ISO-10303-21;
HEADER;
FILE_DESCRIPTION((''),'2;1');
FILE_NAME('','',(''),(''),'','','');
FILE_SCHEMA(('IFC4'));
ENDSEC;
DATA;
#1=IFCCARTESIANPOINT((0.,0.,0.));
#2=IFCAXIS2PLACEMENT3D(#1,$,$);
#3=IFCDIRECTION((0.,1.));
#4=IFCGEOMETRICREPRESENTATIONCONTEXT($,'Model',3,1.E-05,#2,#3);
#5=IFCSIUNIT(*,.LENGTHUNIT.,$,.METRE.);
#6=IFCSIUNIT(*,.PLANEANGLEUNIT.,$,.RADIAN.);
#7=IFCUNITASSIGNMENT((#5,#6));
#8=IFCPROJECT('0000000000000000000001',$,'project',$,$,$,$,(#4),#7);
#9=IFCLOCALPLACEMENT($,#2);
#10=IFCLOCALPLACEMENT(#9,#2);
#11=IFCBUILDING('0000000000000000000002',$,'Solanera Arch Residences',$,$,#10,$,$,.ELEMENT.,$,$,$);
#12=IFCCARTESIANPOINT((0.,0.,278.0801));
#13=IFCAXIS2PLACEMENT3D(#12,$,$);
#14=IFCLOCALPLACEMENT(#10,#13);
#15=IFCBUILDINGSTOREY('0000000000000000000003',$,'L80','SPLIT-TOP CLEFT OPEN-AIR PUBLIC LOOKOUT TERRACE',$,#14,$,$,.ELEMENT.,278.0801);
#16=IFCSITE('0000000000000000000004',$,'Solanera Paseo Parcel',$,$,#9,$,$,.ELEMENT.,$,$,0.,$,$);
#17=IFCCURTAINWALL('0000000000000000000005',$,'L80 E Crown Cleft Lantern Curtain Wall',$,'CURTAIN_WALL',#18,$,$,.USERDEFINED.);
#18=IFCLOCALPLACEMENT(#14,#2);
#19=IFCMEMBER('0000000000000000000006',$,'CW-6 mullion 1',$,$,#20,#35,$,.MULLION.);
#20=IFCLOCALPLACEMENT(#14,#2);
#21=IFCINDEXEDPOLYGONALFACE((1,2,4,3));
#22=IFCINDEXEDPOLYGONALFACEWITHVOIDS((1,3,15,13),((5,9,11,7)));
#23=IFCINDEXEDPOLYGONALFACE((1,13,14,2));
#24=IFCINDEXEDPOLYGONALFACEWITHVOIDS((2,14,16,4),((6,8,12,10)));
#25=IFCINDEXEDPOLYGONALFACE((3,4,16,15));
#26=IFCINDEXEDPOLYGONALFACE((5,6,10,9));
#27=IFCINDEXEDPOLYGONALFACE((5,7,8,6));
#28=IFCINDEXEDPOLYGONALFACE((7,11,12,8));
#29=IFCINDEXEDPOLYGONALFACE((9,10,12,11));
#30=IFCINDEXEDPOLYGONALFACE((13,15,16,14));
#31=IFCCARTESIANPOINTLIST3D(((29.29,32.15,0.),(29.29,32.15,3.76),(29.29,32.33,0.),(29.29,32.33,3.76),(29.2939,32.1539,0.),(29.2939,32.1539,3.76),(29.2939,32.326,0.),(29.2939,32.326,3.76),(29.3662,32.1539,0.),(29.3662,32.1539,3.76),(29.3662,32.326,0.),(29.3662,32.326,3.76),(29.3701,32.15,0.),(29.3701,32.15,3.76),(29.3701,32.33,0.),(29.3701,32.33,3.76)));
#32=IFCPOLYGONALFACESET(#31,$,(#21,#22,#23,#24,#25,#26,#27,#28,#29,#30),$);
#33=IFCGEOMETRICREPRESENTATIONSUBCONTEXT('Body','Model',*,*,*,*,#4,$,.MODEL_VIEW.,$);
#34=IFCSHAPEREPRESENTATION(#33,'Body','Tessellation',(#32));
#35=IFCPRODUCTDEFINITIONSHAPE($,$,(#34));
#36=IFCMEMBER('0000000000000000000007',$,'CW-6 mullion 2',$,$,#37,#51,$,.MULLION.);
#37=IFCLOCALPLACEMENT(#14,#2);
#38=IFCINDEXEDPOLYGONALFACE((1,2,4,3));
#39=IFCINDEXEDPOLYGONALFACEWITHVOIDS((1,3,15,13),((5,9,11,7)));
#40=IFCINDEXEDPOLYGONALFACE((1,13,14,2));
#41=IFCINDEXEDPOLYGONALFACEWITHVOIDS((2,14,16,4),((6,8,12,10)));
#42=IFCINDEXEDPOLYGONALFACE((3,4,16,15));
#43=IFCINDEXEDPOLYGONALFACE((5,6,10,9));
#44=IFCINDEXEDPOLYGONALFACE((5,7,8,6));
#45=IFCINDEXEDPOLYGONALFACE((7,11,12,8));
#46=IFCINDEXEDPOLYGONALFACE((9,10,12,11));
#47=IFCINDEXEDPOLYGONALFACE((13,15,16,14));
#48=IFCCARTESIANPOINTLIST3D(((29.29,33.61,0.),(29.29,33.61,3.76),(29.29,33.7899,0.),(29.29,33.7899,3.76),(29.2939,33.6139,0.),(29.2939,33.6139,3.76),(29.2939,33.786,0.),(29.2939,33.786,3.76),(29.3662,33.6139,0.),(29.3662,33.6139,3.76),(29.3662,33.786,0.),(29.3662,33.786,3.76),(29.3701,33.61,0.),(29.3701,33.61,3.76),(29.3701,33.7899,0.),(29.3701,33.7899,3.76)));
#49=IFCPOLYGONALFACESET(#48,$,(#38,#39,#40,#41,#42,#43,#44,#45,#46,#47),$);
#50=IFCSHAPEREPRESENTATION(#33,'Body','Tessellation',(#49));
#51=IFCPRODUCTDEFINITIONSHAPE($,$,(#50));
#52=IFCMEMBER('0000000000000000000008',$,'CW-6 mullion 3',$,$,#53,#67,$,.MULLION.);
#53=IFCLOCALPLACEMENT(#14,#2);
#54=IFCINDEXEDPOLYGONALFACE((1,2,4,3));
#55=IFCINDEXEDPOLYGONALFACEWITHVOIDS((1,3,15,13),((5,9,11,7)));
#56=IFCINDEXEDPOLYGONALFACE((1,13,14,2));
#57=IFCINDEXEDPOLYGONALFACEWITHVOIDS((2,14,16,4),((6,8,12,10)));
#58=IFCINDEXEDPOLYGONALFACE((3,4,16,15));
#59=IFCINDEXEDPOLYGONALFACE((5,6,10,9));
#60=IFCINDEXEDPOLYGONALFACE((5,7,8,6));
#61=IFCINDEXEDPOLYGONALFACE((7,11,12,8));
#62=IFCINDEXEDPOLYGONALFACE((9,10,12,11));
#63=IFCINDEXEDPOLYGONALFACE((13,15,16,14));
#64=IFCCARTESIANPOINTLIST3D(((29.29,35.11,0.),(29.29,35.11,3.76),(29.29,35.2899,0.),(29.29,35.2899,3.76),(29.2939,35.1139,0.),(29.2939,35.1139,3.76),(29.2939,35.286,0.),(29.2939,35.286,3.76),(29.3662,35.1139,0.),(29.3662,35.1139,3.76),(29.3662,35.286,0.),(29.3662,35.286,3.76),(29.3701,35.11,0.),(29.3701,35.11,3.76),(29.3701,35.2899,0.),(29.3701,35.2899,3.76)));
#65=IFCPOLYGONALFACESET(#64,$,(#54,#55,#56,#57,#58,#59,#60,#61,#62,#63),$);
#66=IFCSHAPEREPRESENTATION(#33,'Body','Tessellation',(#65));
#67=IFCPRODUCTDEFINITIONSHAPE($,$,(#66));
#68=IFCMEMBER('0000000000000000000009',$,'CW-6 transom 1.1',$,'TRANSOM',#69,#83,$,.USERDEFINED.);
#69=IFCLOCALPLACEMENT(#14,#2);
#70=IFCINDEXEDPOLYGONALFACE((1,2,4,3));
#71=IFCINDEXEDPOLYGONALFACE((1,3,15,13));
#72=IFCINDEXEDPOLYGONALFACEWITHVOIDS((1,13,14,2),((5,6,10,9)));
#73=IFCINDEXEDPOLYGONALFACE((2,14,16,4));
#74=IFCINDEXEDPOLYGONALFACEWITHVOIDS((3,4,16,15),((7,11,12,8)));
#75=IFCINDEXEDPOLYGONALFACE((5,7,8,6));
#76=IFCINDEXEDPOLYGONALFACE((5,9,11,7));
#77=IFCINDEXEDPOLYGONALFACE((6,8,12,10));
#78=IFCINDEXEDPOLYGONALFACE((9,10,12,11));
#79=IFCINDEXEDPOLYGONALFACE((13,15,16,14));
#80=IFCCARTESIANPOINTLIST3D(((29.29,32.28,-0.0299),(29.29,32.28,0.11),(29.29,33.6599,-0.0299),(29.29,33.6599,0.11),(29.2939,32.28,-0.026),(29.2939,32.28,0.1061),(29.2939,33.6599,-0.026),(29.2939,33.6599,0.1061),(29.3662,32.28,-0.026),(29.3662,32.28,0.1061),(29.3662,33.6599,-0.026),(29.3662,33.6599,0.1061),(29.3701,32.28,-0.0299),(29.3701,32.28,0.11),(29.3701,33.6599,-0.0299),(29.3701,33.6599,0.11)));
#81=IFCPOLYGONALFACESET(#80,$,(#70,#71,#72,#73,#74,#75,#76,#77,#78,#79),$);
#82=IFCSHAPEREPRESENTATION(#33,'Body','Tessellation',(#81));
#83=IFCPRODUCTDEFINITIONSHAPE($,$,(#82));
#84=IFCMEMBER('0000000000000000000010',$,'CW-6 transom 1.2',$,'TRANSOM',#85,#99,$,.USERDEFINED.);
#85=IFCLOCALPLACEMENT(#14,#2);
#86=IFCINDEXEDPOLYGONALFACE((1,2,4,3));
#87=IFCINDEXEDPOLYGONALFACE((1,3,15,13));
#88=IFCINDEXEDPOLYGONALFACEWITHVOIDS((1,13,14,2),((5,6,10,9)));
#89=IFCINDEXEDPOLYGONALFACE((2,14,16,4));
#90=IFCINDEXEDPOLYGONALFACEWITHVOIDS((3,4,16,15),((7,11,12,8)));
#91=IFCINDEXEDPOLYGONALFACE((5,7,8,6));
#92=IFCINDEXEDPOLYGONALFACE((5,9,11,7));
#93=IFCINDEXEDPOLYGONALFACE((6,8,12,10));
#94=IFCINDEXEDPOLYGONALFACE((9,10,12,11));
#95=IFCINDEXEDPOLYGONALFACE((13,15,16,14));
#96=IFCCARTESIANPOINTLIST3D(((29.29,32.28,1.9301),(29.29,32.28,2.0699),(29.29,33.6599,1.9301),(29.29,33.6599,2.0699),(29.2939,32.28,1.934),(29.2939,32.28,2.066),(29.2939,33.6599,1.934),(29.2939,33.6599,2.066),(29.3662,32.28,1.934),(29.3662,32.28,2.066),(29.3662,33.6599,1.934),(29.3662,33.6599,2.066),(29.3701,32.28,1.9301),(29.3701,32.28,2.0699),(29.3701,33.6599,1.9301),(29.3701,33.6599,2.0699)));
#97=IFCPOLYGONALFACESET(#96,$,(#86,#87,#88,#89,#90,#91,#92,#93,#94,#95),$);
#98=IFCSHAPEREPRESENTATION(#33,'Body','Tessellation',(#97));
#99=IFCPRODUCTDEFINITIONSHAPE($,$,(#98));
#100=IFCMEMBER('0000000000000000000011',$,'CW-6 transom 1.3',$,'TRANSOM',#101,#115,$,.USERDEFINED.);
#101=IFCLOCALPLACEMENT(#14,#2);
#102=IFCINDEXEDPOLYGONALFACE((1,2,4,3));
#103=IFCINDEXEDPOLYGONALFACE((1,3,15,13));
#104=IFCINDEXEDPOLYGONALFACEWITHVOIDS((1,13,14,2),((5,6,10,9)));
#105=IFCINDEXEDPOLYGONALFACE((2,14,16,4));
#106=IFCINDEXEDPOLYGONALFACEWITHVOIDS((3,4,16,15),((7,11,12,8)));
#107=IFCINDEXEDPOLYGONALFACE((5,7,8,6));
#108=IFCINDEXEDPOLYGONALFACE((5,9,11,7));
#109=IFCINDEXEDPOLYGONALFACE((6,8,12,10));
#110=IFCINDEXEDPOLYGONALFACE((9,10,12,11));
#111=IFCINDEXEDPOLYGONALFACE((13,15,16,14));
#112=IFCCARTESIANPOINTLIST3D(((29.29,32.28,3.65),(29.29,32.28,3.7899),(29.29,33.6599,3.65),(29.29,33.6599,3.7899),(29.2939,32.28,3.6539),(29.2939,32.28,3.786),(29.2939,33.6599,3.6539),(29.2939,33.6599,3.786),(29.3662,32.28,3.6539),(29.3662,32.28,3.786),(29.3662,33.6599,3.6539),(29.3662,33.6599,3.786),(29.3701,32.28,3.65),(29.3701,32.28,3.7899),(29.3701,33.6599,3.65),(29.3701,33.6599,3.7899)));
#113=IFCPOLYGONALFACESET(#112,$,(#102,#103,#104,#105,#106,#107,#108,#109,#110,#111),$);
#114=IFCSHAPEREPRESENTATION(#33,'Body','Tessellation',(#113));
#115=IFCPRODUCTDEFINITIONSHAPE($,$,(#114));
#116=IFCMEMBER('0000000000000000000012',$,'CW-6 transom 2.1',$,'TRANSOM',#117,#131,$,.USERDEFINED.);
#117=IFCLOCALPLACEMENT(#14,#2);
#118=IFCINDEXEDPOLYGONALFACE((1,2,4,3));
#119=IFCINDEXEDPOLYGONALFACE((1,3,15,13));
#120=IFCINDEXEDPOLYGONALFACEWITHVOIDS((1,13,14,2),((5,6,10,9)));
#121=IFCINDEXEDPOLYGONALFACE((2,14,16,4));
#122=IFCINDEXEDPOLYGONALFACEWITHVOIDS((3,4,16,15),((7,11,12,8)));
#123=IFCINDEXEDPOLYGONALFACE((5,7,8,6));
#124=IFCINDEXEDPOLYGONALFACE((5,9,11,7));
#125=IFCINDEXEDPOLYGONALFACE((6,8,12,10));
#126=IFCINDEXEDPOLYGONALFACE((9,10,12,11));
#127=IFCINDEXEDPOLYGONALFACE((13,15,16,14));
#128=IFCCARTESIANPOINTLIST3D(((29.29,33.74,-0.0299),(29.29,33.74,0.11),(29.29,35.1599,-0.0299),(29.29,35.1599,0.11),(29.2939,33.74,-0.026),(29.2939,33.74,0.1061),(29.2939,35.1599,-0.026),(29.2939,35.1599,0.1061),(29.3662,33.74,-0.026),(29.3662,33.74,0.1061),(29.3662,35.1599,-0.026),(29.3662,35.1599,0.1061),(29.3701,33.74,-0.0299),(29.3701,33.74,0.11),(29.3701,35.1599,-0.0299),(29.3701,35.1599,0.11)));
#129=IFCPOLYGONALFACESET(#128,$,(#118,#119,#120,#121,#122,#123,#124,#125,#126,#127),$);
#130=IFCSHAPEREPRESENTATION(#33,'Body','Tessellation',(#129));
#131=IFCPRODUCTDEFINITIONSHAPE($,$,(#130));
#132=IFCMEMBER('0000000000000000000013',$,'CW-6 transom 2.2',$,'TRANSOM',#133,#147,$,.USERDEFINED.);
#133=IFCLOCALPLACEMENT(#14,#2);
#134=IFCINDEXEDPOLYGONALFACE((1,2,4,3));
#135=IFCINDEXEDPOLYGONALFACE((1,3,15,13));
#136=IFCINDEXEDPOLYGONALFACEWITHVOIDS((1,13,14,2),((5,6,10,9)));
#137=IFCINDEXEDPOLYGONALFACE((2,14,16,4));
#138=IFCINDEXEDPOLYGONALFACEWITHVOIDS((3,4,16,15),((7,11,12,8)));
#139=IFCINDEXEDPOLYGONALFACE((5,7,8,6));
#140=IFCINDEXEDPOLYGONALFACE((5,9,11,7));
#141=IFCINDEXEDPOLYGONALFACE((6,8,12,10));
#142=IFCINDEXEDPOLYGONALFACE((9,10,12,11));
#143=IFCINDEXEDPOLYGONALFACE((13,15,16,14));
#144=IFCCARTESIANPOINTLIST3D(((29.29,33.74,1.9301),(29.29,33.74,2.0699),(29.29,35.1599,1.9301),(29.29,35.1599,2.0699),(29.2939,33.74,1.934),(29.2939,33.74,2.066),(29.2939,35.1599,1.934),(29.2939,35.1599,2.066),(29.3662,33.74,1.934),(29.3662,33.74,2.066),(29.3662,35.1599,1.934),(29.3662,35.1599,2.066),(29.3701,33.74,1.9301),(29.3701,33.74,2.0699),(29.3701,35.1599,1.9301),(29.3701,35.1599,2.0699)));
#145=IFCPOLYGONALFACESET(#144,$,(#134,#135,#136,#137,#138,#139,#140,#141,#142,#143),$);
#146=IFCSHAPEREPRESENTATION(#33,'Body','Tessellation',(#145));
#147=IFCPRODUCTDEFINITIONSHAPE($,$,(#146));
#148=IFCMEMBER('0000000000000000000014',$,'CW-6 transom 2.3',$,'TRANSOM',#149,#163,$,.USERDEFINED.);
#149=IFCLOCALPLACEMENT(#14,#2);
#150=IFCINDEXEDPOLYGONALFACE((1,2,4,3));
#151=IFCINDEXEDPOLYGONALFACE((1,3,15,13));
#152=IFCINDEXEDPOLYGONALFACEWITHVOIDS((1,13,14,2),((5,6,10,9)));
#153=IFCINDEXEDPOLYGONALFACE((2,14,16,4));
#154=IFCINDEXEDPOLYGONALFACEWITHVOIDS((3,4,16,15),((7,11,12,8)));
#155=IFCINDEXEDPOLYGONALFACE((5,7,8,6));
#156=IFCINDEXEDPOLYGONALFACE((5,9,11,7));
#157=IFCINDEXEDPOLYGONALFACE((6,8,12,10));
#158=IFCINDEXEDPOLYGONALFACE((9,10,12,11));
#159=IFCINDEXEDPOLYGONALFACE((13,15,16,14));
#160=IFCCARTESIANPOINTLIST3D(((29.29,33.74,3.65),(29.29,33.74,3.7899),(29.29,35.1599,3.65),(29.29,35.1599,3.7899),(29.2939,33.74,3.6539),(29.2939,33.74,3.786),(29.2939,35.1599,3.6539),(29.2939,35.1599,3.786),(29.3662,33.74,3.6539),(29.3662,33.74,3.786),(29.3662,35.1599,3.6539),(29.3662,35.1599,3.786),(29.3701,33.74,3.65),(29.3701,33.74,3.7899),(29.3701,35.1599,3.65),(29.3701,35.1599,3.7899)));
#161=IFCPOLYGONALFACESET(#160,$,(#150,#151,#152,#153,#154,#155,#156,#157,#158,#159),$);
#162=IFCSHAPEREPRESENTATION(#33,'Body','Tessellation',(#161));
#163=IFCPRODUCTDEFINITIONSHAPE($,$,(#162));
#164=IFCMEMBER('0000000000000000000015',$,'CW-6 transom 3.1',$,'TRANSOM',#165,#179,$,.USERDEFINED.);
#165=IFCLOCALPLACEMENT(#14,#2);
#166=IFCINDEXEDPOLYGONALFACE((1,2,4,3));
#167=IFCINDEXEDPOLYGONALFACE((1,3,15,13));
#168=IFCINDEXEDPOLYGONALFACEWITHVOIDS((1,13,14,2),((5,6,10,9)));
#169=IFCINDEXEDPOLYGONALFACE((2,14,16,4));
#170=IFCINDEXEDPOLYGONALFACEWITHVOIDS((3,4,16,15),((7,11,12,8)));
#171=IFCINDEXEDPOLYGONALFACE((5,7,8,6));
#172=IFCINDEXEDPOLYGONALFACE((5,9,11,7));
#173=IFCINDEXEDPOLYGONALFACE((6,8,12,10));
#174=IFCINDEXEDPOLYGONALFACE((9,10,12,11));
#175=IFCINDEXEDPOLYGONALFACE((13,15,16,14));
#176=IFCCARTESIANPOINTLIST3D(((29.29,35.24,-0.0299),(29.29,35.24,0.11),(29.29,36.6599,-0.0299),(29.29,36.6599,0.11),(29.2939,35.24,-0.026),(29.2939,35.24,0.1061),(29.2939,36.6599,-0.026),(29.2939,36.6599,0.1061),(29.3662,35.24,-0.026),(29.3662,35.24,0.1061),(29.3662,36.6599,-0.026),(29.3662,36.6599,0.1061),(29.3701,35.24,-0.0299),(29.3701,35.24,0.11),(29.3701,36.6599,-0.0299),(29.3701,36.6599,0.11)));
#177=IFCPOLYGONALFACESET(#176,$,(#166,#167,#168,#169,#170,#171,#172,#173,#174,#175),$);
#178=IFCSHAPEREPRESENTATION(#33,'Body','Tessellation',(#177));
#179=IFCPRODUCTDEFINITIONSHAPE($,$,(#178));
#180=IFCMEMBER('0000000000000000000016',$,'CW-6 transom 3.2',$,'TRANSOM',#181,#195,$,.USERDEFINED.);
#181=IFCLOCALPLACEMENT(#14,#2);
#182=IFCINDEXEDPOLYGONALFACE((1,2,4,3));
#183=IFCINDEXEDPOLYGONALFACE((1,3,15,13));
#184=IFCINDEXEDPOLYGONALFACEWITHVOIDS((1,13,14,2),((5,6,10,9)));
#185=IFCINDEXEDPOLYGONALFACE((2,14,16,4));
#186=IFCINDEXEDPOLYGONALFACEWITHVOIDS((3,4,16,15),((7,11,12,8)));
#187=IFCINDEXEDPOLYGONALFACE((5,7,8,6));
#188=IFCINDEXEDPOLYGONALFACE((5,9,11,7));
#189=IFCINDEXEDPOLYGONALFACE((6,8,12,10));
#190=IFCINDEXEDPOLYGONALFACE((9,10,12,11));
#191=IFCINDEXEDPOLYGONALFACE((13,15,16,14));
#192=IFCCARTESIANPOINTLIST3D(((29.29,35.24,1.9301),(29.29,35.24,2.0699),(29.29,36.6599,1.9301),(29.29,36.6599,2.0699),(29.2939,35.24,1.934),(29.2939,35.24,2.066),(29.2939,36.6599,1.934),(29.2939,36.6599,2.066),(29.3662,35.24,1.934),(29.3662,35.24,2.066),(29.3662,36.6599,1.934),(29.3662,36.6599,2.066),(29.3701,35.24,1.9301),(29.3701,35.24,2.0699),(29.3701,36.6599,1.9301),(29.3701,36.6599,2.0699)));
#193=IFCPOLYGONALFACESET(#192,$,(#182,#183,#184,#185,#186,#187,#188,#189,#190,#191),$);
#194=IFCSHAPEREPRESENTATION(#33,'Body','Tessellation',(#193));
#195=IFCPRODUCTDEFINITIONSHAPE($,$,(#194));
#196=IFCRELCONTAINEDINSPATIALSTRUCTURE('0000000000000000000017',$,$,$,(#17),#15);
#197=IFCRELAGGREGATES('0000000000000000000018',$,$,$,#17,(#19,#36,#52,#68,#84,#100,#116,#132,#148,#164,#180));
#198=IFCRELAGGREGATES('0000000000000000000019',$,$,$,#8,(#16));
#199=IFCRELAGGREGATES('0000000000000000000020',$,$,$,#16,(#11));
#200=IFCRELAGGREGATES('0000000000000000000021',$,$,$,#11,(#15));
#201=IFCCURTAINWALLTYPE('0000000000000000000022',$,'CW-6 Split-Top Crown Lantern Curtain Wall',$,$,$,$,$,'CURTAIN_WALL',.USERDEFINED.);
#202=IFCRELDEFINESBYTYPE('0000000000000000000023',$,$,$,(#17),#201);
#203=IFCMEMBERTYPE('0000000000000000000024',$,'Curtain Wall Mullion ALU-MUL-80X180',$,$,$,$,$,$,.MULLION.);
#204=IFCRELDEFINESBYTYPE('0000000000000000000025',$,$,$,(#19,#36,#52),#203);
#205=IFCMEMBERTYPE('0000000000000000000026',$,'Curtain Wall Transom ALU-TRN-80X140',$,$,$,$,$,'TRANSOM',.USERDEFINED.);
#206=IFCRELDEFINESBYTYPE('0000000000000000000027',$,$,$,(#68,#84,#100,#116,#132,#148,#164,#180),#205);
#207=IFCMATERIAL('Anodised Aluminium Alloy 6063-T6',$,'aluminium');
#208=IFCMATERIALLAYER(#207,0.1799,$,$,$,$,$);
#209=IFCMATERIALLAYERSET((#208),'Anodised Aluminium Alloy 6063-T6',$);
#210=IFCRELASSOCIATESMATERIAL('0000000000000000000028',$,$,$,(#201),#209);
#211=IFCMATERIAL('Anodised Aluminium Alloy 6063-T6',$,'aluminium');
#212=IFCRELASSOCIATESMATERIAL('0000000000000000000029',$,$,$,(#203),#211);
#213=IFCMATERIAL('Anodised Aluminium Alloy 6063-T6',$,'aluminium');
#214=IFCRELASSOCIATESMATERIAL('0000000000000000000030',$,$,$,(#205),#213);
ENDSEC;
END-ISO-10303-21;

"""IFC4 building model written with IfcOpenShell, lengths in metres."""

from ifc_helpers import new_model, si_unit, direction, frame, origin, origin_2d, place, context, subcontext, project, spatial, hollow_rectangle, extrude, material, layer, layer_set, material_profile, profile_set, type_object, element, aggregate, save


model = new_model("IFC4")

# Units and contexts
model_context = context("Model", 3, precision=1e-05, world=origin(), true_north=direction((0.0, 1.0)))
body_context = subcontext(model_context, "Body", "Model", "MODEL_VIEW")
ifc_project = project(units=[si_unit("LENGTHUNIT", "METRE"), si_unit("PLANEANGLEUNIT", "RADIAN")], contexts=[model_context])

# Site, building, storey
site_placement = place(None, origin())
site = spatial("IfcSite", under=ifc_project, at=site_placement, Name="Solanera Paseo Parcel", CompositionType="ELEMENT", RefElevation=0.0)
building_placement = place(site_placement, origin())
building = spatial("IfcBuilding", under=site, at=building_placement, Name="Solanera Arch Residences", CompositionType="ELEMENT")
storey_placement = place(building_placement, frame((0.0, 0.0, 278.0801)))
storey = spatial("IfcBuildingStorey", under=building, at=storey_placement, Name="L80", Description="SPLIT-TOP CLEFT OPEN-AIR PUBLIC LOOKOUT TERRACE", CompositionType="ELEMENT", Elevation=278.0801)

# Curtain wall, members
ifc_material_1 = material(Name="Anodised Aluminium Alloy 6063-T6", Category="aluminium")
ifc_layer_1 = layer(ifc_material_1, 0.1799)
ifc_layer_set_1 = layer_set([ifc_layer_1], Name="Anodised Aluminium Alloy 6063-T6")
curtain_wall_type = type_object("IfcCurtainWallType", Name="CW-6 Split-Top Crown Lantern Curtain Wall", ElementType="CURTAIN_WALL", PredefinedType="USERDEFINED", material=ifc_layer_set_1)
curtain_wall_1_placement = place(storey_placement, origin())
curtain_wall_1 = element("IfcCurtainWall", 1, at=curtain_wall_1_placement, inside=storey, type_object=curtain_wall_type, Name="L80 E Crown Cleft Lantern Curtain Wall", ObjectType="CURTAIN_WALL", PredefinedType="USERDEFINED")
ifc_material_2 = material(Name="Anodised Aluminium Alloy 6063-T6", Category="aluminium")
ifc_material_profile_1 = material_profile(ifc_material_2, hollow_rectangle(XDim=0.0801, YDim=0.1799, WallThickness=0.0039, at=origin_2d()))
ifc_profile_set_1 = profile_set([ifc_material_profile_1], Name="Anodised Aluminium Alloy 6063-T6")
member_type_1 = type_object("IfcMemberType", Name="Curtain Wall Mullion ALU-MUL-80X180", PredefinedType="MULLION", material=ifc_profile_set_1)
member_1_placement = place(storey_placement, frame((29.3301, 32.24, 0.0), z_axis=(0.0, 0.0, 1.0), x_axis=(-1.0, 0.0, 0.0)))
member_1 = element("IfcMember", 2, at=member_1_placement, type_object=member_type_1, Name="CW-6 mullion 1", PredefinedType="MULLION", context=body_context, shape_type="SweptSolid", body=[
    extrude(hollow_rectangle(XDim=0.0801, YDim=0.1799, WallThickness=0.0039, at=origin_2d()), origin(), (0.0, 0.0, 1.0), 3.76),
])
member_2_placement = place(storey_placement, frame((29.3301, 33.7, 0.0), z_axis=(0.0, 0.0, 1.0), x_axis=(-1.0, 0.0, 0.0)))
member_2 = element("IfcMember", 3, at=member_2_placement, type_object=member_type_1, Name="CW-6 mullion 2", PredefinedType="MULLION", context=body_context, shape_type="SweptSolid", body=[
    extrude(hollow_rectangle(XDim=0.0801, YDim=0.1799, WallThickness=0.0039, at=origin_2d()), origin(), (0.0, 0.0, 1.0), 3.76),
])
member_3_placement = place(storey_placement, frame((29.3301, 35.2, 0.0), z_axis=(0.0, 0.0, 1.0), x_axis=(-1.0, 0.0, 0.0)))
member_3 = element("IfcMember", 4, at=member_3_placement, type_object=member_type_1, Name="CW-6 mullion 3", PredefinedType="MULLION", context=body_context, shape_type="SweptSolid", body=[
    extrude(hollow_rectangle(XDim=0.0801, YDim=0.1799, WallThickness=0.0039, at=origin_2d()), origin(), (0.0, 0.0, 1.0), 3.76),
])
ifc_material_3 = material(Name="Anodised Aluminium Alloy 6063-T6", Category="aluminium")
ifc_material_profile_2 = material_profile(ifc_material_3, hollow_rectangle(XDim=0.0801, YDim=0.1399, WallThickness=0.0039, at=origin_2d()))
ifc_profile_set_2 = profile_set([ifc_material_profile_2], Name="Anodised Aluminium Alloy 6063-T6")
member_type_2 = type_object("IfcMemberType", Name="Curtain Wall Transom ALU-TRN-80X140", ElementType="TRANSOM", PredefinedType="USERDEFINED", material=ifc_profile_set_2)
member_4_placement = place(storey_placement, frame((29.3301, 32.28, 0.04), z_axis=(0.0, 1.0, 0.0), x_axis=(-1.0, 0.0, 0.0)))
member_4 = element("IfcMember", 5, at=member_4_placement, type_object=member_type_2, Name="CW-6 transom 1.1", ObjectType="TRANSOM", PredefinedType="USERDEFINED", context=body_context, shape_type="SweptSolid", body=[
    extrude(hollow_rectangle(XDim=0.0801, YDim=0.1399, WallThickness=0.0039, at=origin_2d()), origin(), (0.0, 0.0, 1.0), 1.3799),
])
member_5_placement = place(storey_placement, frame((29.3301, 32.28, 2.0), z_axis=(0.0, 1.0, 0.0), x_axis=(-1.0, 0.0, 0.0)))
member_5 = element("IfcMember", 6, at=member_5_placement, type_object=member_type_2, Name="CW-6 transom 1.2", ObjectType="TRANSOM", PredefinedType="USERDEFINED", context=body_context, shape_type="SweptSolid", body=[
    extrude(hollow_rectangle(XDim=0.0801, YDim=0.1399, WallThickness=0.0039, at=origin_2d()), origin(), (0.0, 0.0, 1.0), 1.3799),
])
member_6_placement = place(storey_placement, frame((29.3301, 32.28, 3.72), z_axis=(0.0, 1.0, 0.0), x_axis=(-1.0, 0.0, 0.0)))
member_6 = element("IfcMember", 7, at=member_6_placement, type_object=member_type_2, Name="CW-6 transom 1.3", ObjectType="TRANSOM", PredefinedType="USERDEFINED", context=body_context, shape_type="SweptSolid", body=[
    extrude(hollow_rectangle(XDim=0.0801, YDim=0.1399, WallThickness=0.0039, at=origin_2d()), origin(), (0.0, 0.0, 1.0), 1.3799),
])
member_7_placement = place(storey_placement, frame((29.3301, 33.74, 0.04), z_axis=(0.0, 1.0, 0.0), x_axis=(-1.0, 0.0, 0.0)))
member_7 = element("IfcMember", 8, at=member_7_placement, type_object=member_type_2, Name="CW-6 transom 2.1", ObjectType="TRANSOM", PredefinedType="USERDEFINED", context=body_context, shape_type="SweptSolid", body=[
    extrude(hollow_rectangle(XDim=0.0801, YDim=0.1399, WallThickness=0.0039, at=origin_2d()), origin(), (0.0, 0.0, 1.0), 1.4199),
])
member_8_placement = place(storey_placement, frame((29.3301, 33.74, 2.0), z_axis=(0.0, 1.0, 0.0), x_axis=(-1.0, 0.0, 0.0)))
member_8 = element("IfcMember", 9, at=member_8_placement, type_object=member_type_2, Name="CW-6 transom 2.2", ObjectType="TRANSOM", PredefinedType="USERDEFINED", context=body_context, shape_type="SweptSolid", body=[
    extrude(hollow_rectangle(XDim=0.0801, YDim=0.1399, WallThickness=0.0039, at=origin_2d()), origin(), (0.0, 0.0, 1.0), 1.4199),
])
member_9_placement = place(storey_placement, frame((29.3301, 33.74, 3.72), z_axis=(0.0, 1.0, 0.0), x_axis=(-1.0, 0.0, 0.0)))
member_9 = element("IfcMember", 10, at=member_9_placement, type_object=member_type_2, Name="CW-6 transom 2.3", ObjectType="TRANSOM", PredefinedType="USERDEFINED", context=body_context, shape_type="SweptSolid", body=[
    extrude(hollow_rectangle(XDim=0.0801, YDim=0.1399, WallThickness=0.0039, at=origin_2d()), origin(), (0.0, 0.0, 1.0), 1.4199),
])
member_10_placement = place(storey_placement, frame((29.3301, 35.24, 0.04), z_axis=(0.0, 1.0, 0.0), x_axis=(-1.0, 0.0, 0.0)))
member_10 = element("IfcMember", 11, at=member_10_placement, type_object=member_type_2, Name="CW-6 transom 3.1", ObjectType="TRANSOM", PredefinedType="USERDEFINED", context=body_context, shape_type="SweptSolid", body=[
    extrude(hollow_rectangle(XDim=0.0801, YDim=0.1399, WallThickness=0.0039, at=origin_2d()), origin(), (0.0, 0.0, 1.0), 1.4199),
])
member_11_placement = place(storey_placement, frame((29.3301, 35.24, 2.0), z_axis=(0.0, 1.0, 0.0), x_axis=(-1.0, 0.0, 0.0)))
member_11 = element("IfcMember", 12, at=member_11_placement, type_object=member_type_2, Name="CW-6 transom 3.2", ObjectType="TRANSOM", PredefinedType="USERDEFINED", context=body_context, shape_type="SweptSolid", body=[
    extrude(hollow_rectangle(XDim=0.0801, YDim=0.1399, WallThickness=0.0039, at=origin_2d()), origin(), (0.0, 0.0, 1.0), 1.4199),
])

aggregate(curtain_wall_1, [member_1, member_2, member_3, member_4, member_5, member_6, member_7, member_8, member_9, member_10, member_11])

save(model, "model.ifc")
